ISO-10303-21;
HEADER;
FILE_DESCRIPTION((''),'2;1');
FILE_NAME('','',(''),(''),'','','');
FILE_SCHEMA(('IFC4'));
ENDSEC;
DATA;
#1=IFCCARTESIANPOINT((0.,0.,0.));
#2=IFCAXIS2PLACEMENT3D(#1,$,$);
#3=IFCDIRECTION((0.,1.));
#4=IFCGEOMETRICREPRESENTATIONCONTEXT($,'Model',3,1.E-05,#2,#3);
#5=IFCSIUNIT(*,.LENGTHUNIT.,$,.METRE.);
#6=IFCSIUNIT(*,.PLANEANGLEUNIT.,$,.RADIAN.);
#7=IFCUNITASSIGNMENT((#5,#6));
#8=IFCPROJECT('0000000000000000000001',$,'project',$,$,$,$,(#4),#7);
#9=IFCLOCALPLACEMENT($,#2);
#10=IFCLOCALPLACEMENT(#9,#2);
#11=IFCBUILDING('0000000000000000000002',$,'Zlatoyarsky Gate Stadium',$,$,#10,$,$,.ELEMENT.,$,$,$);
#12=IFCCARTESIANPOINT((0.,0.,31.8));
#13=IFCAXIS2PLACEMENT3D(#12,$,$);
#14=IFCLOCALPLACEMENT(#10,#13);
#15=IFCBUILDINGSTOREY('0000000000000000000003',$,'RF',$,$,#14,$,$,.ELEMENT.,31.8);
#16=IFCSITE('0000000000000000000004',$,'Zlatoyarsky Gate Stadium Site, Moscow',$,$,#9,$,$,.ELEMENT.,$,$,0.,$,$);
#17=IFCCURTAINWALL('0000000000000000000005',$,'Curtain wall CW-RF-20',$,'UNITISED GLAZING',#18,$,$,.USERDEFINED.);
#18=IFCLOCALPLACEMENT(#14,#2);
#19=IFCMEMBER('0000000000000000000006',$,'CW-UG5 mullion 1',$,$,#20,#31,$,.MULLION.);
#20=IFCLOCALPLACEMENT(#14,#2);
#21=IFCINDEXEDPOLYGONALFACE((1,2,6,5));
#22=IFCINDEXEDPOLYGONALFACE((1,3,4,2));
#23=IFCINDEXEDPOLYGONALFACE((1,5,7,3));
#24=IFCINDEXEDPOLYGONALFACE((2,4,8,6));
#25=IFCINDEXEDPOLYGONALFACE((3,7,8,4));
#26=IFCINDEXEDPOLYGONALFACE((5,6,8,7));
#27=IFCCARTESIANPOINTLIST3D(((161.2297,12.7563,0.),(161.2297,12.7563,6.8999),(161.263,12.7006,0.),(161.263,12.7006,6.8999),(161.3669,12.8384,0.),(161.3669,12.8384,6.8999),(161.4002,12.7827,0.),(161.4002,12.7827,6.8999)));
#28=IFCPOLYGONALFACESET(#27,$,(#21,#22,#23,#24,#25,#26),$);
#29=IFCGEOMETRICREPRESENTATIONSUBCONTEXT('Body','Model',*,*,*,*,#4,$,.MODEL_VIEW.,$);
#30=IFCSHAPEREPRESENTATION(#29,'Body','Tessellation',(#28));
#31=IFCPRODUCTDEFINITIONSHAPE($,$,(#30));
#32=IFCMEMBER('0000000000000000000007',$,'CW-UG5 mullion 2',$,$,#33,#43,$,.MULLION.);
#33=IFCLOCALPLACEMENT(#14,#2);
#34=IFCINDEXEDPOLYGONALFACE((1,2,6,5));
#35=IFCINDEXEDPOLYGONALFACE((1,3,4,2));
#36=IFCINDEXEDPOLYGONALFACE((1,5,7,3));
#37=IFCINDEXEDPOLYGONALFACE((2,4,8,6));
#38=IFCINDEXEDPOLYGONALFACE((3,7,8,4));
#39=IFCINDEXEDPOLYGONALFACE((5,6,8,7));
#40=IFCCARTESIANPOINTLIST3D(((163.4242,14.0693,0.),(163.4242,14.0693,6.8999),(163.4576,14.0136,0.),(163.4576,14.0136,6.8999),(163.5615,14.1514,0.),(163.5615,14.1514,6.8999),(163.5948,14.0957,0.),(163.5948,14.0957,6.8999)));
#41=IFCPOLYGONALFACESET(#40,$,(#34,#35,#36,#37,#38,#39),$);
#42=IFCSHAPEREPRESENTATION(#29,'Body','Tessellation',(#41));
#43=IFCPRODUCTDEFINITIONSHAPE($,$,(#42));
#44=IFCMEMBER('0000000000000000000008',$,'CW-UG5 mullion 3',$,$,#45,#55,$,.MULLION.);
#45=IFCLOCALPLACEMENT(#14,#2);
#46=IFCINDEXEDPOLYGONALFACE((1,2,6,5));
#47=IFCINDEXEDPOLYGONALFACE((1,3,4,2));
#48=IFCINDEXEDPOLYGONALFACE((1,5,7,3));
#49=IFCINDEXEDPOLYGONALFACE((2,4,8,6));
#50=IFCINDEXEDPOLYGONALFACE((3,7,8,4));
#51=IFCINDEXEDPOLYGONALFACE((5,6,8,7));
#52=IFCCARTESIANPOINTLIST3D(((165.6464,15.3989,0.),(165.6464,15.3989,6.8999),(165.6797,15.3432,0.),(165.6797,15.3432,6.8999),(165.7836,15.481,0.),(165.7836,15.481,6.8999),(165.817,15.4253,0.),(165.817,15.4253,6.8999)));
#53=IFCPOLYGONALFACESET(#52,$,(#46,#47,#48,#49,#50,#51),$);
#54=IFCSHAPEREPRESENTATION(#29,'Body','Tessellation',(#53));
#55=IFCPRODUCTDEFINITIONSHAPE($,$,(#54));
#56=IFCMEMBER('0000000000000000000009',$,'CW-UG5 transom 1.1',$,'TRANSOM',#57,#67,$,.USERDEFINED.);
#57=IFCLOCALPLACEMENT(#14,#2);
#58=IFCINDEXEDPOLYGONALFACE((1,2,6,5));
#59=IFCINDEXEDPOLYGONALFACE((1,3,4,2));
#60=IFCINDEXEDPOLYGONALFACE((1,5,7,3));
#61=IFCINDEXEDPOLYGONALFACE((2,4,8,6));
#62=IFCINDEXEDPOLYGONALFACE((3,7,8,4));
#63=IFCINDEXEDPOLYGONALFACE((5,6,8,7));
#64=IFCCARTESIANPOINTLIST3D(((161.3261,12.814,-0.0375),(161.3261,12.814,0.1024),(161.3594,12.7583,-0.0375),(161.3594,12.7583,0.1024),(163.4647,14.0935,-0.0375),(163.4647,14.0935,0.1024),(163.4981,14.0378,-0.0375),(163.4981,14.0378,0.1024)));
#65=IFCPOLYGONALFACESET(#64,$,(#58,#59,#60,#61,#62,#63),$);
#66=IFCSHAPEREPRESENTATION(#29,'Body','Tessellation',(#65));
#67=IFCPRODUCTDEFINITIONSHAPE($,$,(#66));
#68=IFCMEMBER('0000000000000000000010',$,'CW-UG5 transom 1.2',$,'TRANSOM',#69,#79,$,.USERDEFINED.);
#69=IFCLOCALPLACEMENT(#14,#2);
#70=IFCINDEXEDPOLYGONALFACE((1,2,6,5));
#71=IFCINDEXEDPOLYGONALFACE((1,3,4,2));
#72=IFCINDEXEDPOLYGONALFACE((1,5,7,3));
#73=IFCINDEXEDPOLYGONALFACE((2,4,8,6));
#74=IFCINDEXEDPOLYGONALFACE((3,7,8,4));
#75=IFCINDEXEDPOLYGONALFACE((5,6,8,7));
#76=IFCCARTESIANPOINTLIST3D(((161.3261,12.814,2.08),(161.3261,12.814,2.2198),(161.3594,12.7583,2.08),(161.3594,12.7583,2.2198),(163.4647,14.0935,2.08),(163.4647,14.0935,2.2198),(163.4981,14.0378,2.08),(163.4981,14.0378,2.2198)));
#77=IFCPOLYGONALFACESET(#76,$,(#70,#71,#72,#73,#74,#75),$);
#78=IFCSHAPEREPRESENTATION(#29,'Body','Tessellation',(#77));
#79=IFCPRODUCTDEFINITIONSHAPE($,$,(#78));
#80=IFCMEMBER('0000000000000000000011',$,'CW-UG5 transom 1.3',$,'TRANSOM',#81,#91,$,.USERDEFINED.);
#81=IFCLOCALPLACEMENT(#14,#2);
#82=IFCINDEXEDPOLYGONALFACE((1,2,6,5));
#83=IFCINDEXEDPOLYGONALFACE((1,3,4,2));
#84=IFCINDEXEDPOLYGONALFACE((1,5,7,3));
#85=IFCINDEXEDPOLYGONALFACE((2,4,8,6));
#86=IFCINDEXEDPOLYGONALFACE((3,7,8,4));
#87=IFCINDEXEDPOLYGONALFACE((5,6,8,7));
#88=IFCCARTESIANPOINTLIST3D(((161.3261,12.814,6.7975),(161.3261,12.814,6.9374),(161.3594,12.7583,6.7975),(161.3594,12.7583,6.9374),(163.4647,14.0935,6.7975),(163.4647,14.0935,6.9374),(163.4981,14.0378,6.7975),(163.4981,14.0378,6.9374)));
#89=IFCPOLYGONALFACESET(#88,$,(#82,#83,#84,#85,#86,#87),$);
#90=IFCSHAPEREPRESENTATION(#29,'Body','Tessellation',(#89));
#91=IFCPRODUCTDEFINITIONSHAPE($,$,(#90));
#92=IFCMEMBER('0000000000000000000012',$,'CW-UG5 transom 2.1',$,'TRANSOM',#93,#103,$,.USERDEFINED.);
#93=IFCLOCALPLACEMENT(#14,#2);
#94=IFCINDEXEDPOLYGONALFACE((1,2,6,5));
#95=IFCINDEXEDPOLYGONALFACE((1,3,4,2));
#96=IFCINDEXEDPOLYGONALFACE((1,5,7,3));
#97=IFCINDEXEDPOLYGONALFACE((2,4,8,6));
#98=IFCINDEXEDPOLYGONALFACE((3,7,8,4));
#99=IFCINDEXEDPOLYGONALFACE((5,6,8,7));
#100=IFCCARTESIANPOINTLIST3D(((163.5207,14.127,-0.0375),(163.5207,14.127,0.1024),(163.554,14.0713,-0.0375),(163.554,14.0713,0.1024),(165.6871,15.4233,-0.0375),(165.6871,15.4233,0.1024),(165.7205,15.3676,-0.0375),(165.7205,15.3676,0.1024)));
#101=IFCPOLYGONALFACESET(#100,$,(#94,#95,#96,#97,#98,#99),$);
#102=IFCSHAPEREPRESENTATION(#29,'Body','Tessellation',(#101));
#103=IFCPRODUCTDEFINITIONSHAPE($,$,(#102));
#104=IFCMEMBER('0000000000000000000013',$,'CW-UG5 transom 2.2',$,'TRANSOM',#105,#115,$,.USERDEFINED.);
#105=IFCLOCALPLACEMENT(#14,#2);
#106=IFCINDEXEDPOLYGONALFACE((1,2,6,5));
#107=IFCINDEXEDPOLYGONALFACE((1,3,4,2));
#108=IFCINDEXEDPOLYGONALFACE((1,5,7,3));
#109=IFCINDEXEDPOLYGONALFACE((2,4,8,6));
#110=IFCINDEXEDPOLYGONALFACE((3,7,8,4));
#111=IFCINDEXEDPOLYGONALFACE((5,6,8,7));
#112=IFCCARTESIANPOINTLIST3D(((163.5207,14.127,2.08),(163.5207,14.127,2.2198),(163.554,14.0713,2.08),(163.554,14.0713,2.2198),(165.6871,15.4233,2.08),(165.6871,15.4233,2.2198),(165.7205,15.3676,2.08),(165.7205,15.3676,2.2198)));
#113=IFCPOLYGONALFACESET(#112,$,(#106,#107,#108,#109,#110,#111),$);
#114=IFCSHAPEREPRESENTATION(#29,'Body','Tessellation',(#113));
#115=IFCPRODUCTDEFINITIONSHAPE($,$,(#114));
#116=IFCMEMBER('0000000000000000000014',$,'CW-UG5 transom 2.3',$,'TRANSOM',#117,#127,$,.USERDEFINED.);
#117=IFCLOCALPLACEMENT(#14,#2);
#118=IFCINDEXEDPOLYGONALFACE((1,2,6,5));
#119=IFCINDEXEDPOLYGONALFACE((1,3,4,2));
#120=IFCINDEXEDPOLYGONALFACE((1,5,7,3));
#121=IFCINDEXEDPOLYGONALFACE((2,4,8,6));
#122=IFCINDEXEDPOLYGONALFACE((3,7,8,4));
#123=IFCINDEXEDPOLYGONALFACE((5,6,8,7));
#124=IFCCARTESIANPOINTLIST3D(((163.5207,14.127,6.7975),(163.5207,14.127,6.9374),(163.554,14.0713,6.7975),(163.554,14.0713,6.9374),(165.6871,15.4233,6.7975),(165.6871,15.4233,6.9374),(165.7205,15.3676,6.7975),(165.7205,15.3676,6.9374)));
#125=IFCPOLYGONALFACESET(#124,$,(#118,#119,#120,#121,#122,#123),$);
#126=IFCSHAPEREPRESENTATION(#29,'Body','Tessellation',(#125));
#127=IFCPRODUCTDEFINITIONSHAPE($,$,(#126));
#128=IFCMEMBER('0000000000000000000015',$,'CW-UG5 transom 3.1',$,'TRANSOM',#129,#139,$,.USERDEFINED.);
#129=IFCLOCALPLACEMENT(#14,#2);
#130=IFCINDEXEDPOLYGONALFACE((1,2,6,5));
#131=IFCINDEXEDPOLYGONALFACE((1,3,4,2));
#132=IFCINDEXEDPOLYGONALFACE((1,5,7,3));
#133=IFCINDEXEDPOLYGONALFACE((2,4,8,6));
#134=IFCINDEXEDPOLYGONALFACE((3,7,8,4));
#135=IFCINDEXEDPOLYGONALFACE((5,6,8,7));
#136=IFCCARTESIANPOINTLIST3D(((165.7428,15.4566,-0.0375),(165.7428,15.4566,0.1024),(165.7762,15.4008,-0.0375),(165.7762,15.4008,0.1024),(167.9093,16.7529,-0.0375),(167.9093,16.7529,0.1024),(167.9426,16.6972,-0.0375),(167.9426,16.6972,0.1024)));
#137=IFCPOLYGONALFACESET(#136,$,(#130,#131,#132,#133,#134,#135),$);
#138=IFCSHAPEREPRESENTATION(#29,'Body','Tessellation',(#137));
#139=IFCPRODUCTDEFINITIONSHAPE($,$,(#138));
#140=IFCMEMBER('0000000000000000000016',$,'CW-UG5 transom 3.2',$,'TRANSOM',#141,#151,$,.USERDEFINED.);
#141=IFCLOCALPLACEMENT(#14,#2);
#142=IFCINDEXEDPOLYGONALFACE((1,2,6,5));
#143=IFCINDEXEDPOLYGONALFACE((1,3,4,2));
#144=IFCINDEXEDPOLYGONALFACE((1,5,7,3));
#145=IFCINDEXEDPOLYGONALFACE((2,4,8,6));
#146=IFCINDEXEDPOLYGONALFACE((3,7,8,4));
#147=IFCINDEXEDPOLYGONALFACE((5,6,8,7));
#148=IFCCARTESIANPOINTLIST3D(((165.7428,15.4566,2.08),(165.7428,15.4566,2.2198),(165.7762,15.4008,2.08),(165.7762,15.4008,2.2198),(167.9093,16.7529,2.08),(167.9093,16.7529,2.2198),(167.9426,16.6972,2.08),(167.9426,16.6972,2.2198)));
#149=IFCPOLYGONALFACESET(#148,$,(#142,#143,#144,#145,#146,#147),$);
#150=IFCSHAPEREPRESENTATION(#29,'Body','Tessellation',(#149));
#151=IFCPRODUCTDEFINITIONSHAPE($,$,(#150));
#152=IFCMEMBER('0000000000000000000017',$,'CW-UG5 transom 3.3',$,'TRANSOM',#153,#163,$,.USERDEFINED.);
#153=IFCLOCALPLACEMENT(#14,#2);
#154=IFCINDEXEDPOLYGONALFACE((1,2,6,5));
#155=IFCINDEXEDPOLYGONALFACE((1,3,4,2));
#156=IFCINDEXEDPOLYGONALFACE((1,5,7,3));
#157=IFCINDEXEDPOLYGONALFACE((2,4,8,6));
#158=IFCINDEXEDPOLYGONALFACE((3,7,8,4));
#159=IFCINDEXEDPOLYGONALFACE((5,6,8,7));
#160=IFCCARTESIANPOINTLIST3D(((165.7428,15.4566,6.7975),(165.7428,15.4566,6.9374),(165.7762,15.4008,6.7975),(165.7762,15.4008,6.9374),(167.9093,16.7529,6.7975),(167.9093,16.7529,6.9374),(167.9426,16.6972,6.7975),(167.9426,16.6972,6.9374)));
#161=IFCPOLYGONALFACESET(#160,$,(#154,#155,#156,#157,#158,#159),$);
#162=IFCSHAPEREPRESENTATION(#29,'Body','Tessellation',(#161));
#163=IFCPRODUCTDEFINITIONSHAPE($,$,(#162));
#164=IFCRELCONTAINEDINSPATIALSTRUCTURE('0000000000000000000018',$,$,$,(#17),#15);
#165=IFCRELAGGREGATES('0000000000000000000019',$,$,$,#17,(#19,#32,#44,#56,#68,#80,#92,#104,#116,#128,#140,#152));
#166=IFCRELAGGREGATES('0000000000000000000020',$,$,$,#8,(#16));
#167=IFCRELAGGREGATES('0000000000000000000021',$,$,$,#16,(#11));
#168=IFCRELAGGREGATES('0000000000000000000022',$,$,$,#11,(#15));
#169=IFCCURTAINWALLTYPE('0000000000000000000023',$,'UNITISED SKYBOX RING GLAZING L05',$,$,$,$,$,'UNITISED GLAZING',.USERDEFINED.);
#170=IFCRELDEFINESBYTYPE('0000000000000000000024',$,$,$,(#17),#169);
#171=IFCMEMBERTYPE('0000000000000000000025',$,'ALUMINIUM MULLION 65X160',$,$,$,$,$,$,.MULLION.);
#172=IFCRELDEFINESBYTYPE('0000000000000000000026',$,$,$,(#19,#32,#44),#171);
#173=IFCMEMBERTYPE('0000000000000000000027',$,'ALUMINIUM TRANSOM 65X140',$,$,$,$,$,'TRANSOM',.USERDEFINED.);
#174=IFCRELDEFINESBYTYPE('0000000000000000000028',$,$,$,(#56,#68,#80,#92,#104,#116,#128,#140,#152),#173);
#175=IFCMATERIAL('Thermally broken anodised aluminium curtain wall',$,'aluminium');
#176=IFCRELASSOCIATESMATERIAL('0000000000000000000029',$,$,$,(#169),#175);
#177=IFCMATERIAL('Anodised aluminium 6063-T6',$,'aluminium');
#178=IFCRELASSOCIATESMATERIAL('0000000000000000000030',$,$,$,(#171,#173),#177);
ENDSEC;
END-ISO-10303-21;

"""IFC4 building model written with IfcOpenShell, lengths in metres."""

from ifc_helpers import new_model, si_unit, direction, frame, origin, origin_2d, place, context, subcontext, project, spatial, rectangle, extrude, material, material_profile, profile_set, type_object, element, aggregate, save


model = new_model("IFC4")

# Units and contexts
model_context = context("Model", 3, precision=1e-05, world=origin(), true_north=direction((0.0, 1.0)))
body_context = subcontext(model_context, "Body", "Model", "MODEL_VIEW")
ifc_project = project(units=[si_unit("LENGTHUNIT", "METRE"), si_unit("PLANEANGLEUNIT", "RADIAN")], contexts=[model_context])

# Site, building, storey
site_placement = place(None, origin())
site = spatial("IfcSite", under=ifc_project, at=site_placement, Name="Zlatoyarsky Gate Stadium Site, Moscow", CompositionType="ELEMENT", RefElevation=0.0)
building_placement = place(site_placement, origin())
building = spatial("IfcBuilding", under=site, at=building_placement, Name="Zlatoyarsky Gate Stadium", CompositionType="ELEMENT")
storey_placement = place(building_placement, frame((0.0, 0.0, 31.8)))
storey = spatial("IfcBuildingStorey", under=building, at=storey_placement, Name="RF", CompositionType="ELEMENT", Elevation=31.8)

# Curtain wall, members
ifc_material_1 = material(Name="Thermally broken anodised aluminium curtain wall", Category="aluminium")
curtain_wall_type = type_object("IfcCurtainWallType", Name="UNITISED SKYBOX RING GLAZING L05", ElementType="UNITISED GLAZING", PredefinedType="USERDEFINED", material=ifc_material_1)
curtain_wall_placement = place(storey_placement, origin())
curtain_wall = element("IfcCurtainWall", 1, at=curtain_wall_placement, inside=storey, type_object=curtain_wall_type, Name="Curtain wall CW-RF-20", ObjectType="UNITISED GLAZING", PredefinedType="USERDEFINED")
ifc_material_2 = material(Name="Anodised aluminium 6063-T6", Category="aluminium")
ifc_material_profile_1 = material_profile(ifc_material_2, rectangle(XDim=0.0649, YDim=0.1599, at=origin_2d()), Name="ALU 65X160")
ifc_profile_set_1 = profile_set([ifc_material_profile_1], Name="Anodised aluminium 6063-T6")
member_type_1 = type_object("IfcMemberType", Name="ALUMINIUM MULLION 65X160", PredefinedType="MULLION", material=ifc_profile_set_1)
member_1_placement = place(storey_placement, frame((161.3149, 12.7695, 0.0), z_axis=(0.0, 0.0, 1.0), x_axis=(-0.513436, 0.858128, 0.0)))
member_1 = element("IfcMember", 2, at=member_1_placement, type_object=member_type_1, Name="CW-UG5 mullion 1", PredefinedType="MULLION", context=body_context, shape_type="SweptSolid", body=[
    extrude(rectangle(XDim=0.0649, YDim=0.1599, at=origin_2d()), origin(), (0.0, 0.0, 1.0), 6.8999),
])
member_2_placement = place(storey_placement, frame((163.5095, 14.0825, 0.0), z_axis=(0.0, 0.0, 1.0), x_axis=(-0.513436, 0.858128, 0.0)))
member_2 = element("IfcMember", 3, at=member_2_placement, type_object=member_type_1, Name="CW-UG5 mullion 2", PredefinedType="MULLION", context=body_context, shape_type="SweptSolid", body=[
    extrude(rectangle(XDim=0.0649, YDim=0.1599, at=origin_2d()), origin(), (0.0, 0.0, 1.0), 6.8999),
])
member_3_placement = place(storey_placement, frame((165.7317, 15.4121, 0.0), z_axis=(0.0, 0.0, 1.0), x_axis=(-0.513436, 0.858128, 0.0)))
member_3 = element("IfcMember", 4, at=member_3_placement, type_object=member_type_1, Name="CW-UG5 mullion 3", PredefinedType="MULLION", context=body_context, shape_type="SweptSolid", body=[
    extrude(rectangle(XDim=0.0649, YDim=0.1599, at=origin_2d()), origin(), (0.0, 0.0, 1.0), 6.8999),
])
ifc_material_profile_2 = material_profile(ifc_material_2, rectangle(XDim=0.0649, YDim=0.1399, at=origin_2d()), Name="ALU 65X140")
ifc_profile_set_2 = profile_set([ifc_material_profile_2], Name="Anodised aluminium 6063-T6")
member_type_2 = type_object("IfcMemberType", Name="ALUMINIUM TRANSOM 65X140", ElementType="TRANSOM", PredefinedType="USERDEFINED", material=ifc_profile_set_2)
member_4_placement = place(storey_placement, frame((161.3428, 12.7861, 0.0325), z_axis=(0.858141, 0.513415, 0.0), x_axis=(-0.513415, 0.858141, 0.0)))
member_4 = element("IfcMember", 5, at=member_4_placement, type_object=member_type_2, Name="CW-UG5 transom 1.1", ObjectType="TRANSOM", PredefinedType="USERDEFINED", context=body_context, shape_type="SweptSolid", body=[
    extrude(rectangle(XDim=0.0649, YDim=0.1399, at=origin_2d()), origin(), (0.0, 0.0, 1.0), 2.4922),
])
member_5_placement = place(storey_placement, frame((161.3428, 12.7861, 2.1499), z_axis=(0.858141, 0.513415, 0.0), x_axis=(-0.513415, 0.858141, 0.0)))
member_5 = element("IfcMember", 6, at=member_5_placement, type_object=member_type_2, Name="CW-UG5 transom 1.2", ObjectType="TRANSOM", PredefinedType="USERDEFINED", context=body_context, shape_type="SweptSolid", body=[
    extrude(rectangle(XDim=0.0649, YDim=0.1399, at=origin_2d()), origin(), (0.0, 0.0, 1.0), 2.4922),
])
member_6_placement = place(storey_placement, frame((161.3428, 12.7861, 6.8674), z_axis=(0.858141, 0.513415, 0.0), x_axis=(-0.513415, 0.858141, 0.0)))
member_6 = element("IfcMember", 7, at=member_6_placement, type_object=member_type_2, Name="CW-UG5 transom 1.3", ObjectType="TRANSOM", PredefinedType="USERDEFINED", context=body_context, shape_type="SweptSolid", body=[
    extrude(rectangle(XDim=0.0649, YDim=0.1399, at=origin_2d()), origin(), (0.0, 0.0, 1.0), 2.4922),
])
member_7_placement = place(storey_placement, frame((163.5374, 14.0991, 0.0325), z_axis=(0.858107, 0.513472, 0.0), x_axis=(-0.513472, 0.858107, 0.0)))
member_7 = element("IfcMember", 8, at=member_7_placement, type_object=member_type_2, Name="CW-UG5 transom 2.1", ObjectType="TRANSOM", PredefinedType="USERDEFINED", context=body_context, shape_type="SweptSolid", body=[
    extrude(rectangle(XDim=0.0649, YDim=0.1399, at=origin_2d()), origin(), (0.0, 0.0, 1.0), 2.5247),
])
member_8_placement = place(storey_placement, frame((163.5374, 14.0991, 2.1499), z_axis=(0.858107, 0.513472, 0.0), x_axis=(-0.513472, 0.858107, 0.0)))
member_8 = element("IfcMember", 9, at=member_8_placement, type_object=member_type_2, Name="CW-UG5 transom 2.2", ObjectType="TRANSOM", PredefinedType="USERDEFINED", context=body_context, shape_type="SweptSolid", body=[
    extrude(rectangle(XDim=0.0649, YDim=0.1399, at=origin_2d()), origin(), (0.0, 0.0, 1.0), 2.5247),
])
member_9_placement = place(storey_placement, frame((163.5374, 14.0991, 6.8674), z_axis=(0.858107, 0.513472, 0.0), x_axis=(-0.513472, 0.858107, 0.0)))
member_9 = element("IfcMember", 10, at=member_9_placement, type_object=member_type_2, Name="CW-UG5 transom 2.3", ObjectType="TRANSOM", PredefinedType="USERDEFINED", context=body_context, shape_type="SweptSolid", body=[
    extrude(rectangle(XDim=0.0649, YDim=0.1399, at=origin_2d()), origin(), (0.0, 0.0, 1.0), 2.5247),
])
member_10_placement = place(storey_placement, frame((165.7595, 15.4287, 0.0325), z_axis=(0.858107, 0.513472, 0.0), x_axis=(-0.513472, 0.858107, 0.0)))
member_10 = element("IfcMember", 11, at=member_10_placement, type_object=member_type_2, Name="CW-UG5 transom 3.1", ObjectType="TRANSOM", PredefinedType="USERDEFINED", context=body_context, shape_type="SweptSolid", body=[
    extrude(rectangle(XDim=0.0649, YDim=0.1399, at=origin_2d()), origin(), (0.0, 0.0, 1.0), 2.5247),
])
member_11_placement = place(storey_placement, frame((165.7595, 15.4287, 2.1499), z_axis=(0.858107, 0.513472, 0.0), x_axis=(-0.513472, 0.858107, 0.0)))
member_11 = element("IfcMember", 12, at=member_11_placement, type_object=member_type_2, Name="CW-UG5 transom 3.2", ObjectType="TRANSOM", PredefinedType="USERDEFINED", context=body_context, shape_type="SweptSolid", body=[
    extrude(rectangle(XDim=0.0649, YDim=0.1399, at=origin_2d()), origin(), (0.0, 0.0, 1.0), 2.5247),
])
member_12_placement = place(storey_placement, frame((165.7595, 15.4287, 6.8674), z_axis=(0.858107, 0.513472, 0.0), x_axis=(-0.513472, 0.858107, 0.0)))
member_12 = element("IfcMember", 13, at=member_12_placement, type_object=member_type_2, Name="CW-UG5 transom 3.3", ObjectType="TRANSOM", PredefinedType="USERDEFINED", context=body_context, shape_type="SweptSolid", body=[
    extrude(rectangle(XDim=0.0649, YDim=0.1399, at=origin_2d()), origin(), (0.0, 0.0, 1.0), 2.5247),
])

aggregate(curtain_wall, [member_1, member_2, member_3, member_4, member_5, member_6, member_7, member_8, member_9, member_10, member_11, member_12])

save(model, "model.ifc")
